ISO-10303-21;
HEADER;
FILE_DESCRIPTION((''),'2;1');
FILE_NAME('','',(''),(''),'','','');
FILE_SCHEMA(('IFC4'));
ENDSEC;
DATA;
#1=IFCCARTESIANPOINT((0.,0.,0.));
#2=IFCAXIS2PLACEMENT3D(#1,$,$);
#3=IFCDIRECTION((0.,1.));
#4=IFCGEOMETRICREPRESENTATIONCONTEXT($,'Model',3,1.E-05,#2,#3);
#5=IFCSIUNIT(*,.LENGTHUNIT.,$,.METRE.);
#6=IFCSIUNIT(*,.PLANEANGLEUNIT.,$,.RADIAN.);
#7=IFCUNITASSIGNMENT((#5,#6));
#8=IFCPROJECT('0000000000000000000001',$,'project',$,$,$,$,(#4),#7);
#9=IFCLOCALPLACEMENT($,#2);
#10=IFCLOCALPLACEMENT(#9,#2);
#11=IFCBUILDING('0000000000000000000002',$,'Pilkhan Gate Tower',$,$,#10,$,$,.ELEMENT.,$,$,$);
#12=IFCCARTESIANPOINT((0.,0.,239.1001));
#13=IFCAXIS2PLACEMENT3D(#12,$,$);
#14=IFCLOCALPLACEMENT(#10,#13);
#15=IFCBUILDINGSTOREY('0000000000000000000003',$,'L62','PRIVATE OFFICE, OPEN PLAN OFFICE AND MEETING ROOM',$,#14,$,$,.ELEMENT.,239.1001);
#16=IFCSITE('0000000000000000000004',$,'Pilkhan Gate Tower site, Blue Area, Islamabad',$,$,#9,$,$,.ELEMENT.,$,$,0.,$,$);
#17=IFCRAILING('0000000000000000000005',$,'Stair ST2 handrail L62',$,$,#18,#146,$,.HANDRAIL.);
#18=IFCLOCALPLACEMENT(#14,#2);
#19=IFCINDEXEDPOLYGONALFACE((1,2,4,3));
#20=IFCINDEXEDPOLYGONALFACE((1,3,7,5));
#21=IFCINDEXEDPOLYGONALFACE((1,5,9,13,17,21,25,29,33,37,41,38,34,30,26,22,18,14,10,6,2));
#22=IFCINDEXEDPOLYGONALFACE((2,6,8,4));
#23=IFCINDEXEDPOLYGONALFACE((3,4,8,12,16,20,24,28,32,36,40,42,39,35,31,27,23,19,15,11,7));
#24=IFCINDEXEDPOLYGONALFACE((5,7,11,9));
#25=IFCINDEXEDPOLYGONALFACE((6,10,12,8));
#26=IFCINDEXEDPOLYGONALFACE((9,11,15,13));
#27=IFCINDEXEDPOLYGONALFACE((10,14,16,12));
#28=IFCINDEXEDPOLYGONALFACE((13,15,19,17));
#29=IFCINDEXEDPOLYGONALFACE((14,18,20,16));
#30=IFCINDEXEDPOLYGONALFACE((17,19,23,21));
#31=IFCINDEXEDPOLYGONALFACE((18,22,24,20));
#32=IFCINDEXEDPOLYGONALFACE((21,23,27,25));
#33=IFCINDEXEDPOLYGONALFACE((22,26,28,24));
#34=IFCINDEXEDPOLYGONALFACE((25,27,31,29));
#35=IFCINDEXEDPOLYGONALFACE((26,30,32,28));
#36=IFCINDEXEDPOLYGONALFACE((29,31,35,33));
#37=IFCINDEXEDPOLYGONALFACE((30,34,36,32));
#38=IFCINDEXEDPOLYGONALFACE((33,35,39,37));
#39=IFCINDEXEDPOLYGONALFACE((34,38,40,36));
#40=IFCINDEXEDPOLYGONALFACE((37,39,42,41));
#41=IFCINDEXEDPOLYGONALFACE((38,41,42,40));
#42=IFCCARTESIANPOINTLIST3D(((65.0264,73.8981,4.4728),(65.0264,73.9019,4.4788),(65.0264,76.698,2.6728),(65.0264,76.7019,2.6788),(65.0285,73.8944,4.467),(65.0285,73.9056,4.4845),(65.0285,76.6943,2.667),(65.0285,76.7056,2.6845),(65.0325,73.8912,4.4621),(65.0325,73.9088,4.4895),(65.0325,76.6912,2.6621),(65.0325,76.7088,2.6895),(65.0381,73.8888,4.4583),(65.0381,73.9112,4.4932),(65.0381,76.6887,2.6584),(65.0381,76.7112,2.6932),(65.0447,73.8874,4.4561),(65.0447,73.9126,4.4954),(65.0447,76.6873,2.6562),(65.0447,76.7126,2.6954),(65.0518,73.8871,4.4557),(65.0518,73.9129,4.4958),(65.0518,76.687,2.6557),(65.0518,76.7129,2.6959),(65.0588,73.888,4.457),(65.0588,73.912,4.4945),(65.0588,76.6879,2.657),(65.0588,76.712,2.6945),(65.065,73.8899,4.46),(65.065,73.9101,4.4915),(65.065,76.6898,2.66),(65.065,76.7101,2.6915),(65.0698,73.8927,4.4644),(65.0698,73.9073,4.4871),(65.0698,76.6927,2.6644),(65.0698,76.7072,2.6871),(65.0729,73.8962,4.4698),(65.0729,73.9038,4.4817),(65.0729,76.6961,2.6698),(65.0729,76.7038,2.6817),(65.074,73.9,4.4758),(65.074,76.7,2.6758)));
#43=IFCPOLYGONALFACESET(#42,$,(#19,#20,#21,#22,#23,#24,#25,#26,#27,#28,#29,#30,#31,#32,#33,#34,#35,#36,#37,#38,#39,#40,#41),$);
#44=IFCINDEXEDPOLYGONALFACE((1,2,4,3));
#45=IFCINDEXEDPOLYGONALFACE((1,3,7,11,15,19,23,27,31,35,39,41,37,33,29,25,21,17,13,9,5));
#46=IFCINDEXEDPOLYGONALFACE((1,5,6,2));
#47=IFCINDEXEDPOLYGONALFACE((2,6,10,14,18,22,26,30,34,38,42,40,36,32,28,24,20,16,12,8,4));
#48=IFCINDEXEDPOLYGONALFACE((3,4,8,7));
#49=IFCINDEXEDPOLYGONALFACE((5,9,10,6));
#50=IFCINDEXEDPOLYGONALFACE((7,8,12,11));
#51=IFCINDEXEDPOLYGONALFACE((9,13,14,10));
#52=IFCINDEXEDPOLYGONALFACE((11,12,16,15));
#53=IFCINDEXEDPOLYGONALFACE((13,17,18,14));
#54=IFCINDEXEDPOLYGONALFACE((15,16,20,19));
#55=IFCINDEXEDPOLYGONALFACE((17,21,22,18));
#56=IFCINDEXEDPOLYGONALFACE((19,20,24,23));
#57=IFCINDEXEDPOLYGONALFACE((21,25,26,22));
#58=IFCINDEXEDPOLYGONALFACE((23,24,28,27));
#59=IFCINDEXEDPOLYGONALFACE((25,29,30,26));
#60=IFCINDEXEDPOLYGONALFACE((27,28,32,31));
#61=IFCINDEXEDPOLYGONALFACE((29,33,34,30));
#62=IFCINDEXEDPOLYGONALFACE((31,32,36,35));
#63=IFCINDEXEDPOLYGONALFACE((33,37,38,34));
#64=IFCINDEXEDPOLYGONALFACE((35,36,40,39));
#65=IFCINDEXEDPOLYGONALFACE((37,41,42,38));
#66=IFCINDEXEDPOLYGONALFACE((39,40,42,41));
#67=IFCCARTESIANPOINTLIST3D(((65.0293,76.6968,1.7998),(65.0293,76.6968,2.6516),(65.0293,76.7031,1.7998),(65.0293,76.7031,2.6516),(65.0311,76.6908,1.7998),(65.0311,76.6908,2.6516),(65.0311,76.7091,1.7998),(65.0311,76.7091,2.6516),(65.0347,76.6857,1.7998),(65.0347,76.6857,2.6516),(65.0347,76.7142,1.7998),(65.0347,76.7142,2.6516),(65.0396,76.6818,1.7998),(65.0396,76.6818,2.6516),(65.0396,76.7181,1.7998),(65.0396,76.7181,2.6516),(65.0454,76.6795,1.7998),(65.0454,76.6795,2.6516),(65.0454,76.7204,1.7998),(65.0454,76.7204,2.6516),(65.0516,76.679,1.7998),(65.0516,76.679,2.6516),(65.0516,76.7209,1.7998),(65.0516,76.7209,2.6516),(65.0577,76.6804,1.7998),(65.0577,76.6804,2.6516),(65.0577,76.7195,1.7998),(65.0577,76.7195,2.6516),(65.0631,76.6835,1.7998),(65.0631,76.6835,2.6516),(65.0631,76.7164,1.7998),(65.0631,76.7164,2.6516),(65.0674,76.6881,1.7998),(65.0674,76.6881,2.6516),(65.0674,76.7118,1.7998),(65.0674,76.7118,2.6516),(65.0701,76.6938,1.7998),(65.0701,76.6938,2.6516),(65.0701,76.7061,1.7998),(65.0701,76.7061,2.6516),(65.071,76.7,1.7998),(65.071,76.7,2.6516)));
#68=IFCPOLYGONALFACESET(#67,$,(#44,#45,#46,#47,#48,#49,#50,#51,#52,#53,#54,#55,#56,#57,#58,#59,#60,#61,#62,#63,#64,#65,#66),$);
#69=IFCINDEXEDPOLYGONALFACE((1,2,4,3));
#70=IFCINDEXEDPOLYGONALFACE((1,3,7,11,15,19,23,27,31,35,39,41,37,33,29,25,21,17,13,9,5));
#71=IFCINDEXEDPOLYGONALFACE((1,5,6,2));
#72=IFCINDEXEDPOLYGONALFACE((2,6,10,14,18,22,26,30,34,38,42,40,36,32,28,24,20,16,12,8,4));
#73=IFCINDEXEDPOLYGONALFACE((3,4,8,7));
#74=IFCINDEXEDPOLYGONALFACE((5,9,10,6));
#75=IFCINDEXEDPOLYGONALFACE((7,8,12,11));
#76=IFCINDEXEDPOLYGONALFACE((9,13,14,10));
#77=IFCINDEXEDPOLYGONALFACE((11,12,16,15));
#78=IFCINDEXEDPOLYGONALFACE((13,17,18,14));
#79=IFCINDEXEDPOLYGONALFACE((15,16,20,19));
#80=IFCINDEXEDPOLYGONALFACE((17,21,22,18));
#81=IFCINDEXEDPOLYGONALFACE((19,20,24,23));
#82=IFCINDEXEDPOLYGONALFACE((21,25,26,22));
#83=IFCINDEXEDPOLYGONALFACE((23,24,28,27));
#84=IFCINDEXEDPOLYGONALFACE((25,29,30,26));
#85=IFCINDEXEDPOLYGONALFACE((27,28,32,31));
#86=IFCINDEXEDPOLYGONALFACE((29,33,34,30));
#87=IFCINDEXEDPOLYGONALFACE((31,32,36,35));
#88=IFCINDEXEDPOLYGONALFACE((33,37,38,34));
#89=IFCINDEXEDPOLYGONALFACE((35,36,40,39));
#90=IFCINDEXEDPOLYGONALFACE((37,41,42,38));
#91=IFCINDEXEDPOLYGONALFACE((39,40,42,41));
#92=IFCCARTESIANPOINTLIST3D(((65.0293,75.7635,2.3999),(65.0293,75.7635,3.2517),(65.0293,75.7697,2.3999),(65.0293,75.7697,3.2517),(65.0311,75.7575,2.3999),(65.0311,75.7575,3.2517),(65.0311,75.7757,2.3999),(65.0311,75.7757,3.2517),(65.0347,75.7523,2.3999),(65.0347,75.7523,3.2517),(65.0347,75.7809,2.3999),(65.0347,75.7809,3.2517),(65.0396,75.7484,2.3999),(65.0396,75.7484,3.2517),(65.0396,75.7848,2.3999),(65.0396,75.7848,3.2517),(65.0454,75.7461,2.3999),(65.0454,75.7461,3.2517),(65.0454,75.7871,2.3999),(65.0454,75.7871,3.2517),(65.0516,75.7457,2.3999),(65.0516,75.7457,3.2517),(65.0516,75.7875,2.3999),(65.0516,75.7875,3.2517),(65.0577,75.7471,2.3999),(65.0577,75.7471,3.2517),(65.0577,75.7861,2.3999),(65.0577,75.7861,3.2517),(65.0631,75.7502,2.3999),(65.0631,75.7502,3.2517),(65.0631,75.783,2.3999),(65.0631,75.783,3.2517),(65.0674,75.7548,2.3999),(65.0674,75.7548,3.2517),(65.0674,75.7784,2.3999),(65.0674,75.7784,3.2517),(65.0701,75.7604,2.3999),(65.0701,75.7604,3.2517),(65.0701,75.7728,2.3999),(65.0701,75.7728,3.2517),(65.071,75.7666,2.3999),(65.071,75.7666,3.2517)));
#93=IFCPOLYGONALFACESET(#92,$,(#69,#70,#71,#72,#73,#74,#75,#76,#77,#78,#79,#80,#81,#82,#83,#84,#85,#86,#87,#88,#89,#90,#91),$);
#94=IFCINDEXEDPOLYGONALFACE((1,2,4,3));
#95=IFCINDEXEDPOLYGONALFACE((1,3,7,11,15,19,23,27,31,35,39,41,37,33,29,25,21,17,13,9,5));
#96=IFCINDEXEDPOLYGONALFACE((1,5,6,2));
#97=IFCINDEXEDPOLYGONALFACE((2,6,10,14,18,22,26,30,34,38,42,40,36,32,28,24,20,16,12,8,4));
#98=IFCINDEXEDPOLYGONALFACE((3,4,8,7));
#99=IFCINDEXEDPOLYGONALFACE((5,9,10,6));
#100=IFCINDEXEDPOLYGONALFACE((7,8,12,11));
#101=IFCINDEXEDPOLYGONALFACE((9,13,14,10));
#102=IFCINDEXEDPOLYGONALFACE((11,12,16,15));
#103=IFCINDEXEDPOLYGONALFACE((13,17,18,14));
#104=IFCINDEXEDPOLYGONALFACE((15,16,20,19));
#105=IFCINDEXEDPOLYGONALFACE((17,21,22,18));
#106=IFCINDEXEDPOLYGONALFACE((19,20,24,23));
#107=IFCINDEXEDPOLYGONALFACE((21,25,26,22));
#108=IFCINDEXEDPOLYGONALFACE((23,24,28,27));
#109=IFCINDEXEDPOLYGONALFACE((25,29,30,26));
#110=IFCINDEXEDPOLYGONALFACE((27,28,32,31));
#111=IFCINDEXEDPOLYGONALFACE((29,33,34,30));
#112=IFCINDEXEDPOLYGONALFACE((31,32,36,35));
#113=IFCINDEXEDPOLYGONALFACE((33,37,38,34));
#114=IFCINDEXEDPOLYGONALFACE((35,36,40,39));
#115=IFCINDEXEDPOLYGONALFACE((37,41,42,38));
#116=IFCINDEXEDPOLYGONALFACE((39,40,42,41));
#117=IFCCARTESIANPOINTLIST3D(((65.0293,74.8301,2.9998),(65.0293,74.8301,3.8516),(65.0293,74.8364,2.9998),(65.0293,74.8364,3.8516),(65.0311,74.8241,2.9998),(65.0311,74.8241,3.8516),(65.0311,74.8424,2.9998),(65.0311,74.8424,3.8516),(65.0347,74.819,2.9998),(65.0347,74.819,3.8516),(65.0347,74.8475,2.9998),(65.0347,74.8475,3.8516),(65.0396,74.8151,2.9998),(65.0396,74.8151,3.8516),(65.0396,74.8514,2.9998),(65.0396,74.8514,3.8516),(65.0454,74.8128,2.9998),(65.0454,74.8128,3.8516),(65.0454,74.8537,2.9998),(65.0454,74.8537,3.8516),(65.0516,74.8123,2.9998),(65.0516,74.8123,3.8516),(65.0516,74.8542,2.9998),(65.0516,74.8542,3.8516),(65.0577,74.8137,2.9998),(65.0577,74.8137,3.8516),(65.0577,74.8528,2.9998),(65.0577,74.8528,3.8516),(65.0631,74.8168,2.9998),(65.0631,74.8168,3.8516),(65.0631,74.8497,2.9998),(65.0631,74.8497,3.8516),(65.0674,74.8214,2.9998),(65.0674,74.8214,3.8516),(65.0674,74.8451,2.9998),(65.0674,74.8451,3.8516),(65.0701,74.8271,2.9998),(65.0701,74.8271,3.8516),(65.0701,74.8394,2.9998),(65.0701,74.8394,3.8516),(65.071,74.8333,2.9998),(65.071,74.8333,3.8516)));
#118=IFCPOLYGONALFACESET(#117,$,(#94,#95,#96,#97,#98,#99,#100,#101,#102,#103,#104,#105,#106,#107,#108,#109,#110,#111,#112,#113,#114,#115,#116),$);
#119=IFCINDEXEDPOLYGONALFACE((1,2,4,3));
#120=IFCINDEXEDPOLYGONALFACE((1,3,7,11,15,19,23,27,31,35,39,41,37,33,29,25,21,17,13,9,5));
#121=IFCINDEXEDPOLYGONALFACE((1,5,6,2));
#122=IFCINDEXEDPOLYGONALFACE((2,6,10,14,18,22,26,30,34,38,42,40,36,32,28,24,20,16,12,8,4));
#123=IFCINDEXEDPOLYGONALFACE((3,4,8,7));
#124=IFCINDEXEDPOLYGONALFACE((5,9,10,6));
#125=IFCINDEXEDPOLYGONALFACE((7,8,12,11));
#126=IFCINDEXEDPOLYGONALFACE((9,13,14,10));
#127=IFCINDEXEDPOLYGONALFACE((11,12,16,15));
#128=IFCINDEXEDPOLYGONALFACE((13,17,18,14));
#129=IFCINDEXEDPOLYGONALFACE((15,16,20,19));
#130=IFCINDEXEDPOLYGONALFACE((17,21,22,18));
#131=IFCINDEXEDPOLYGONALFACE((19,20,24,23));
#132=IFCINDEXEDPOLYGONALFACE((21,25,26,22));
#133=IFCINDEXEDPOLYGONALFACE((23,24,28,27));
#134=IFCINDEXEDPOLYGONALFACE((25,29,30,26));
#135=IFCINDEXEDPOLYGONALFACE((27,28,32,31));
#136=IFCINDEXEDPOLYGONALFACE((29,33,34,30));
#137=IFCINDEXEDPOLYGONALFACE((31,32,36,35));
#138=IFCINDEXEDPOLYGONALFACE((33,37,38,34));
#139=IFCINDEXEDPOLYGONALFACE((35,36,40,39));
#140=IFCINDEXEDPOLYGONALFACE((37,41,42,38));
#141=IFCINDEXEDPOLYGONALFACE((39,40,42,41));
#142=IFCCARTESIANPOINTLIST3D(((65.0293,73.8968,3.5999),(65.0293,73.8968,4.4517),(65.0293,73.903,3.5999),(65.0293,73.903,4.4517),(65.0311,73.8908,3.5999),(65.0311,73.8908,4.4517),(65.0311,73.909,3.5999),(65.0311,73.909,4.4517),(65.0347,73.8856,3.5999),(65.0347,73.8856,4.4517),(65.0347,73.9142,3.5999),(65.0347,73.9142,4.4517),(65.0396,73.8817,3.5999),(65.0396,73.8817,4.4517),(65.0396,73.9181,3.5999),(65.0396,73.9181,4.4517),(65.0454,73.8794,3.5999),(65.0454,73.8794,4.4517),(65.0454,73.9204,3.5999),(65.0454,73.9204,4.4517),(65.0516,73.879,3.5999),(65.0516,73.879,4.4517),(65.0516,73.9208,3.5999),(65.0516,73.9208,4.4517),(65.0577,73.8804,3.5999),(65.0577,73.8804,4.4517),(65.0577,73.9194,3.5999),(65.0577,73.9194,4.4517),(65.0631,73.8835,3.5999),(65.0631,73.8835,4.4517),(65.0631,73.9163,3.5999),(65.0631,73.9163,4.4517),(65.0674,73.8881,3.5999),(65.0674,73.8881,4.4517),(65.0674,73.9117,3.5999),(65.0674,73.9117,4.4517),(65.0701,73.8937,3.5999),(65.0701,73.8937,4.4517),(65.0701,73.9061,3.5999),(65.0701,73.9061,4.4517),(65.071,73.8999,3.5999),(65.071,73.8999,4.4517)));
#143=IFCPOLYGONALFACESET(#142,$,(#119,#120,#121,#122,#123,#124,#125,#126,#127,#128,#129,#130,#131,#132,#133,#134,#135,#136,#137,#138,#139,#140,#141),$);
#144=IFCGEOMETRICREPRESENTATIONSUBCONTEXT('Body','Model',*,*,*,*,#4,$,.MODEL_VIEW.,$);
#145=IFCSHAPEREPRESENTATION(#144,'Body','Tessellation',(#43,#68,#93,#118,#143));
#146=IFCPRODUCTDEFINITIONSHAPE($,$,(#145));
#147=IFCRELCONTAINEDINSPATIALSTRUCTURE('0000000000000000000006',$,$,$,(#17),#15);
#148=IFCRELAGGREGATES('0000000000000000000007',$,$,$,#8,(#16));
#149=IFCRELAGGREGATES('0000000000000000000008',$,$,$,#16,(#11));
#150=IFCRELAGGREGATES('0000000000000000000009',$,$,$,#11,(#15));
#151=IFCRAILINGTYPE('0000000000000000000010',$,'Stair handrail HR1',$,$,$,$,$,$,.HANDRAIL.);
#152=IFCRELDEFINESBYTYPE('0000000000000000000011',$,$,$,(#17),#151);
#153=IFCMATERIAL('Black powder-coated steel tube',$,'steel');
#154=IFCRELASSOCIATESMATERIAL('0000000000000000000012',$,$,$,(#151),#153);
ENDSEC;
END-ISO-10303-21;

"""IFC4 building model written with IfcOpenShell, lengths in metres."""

from ifc_helpers import new_model, si_unit, direction, frame, origin, origin_2d, place, context, subcontext, project, spatial, circle, extrude, material, type_object, element, save


model = new_model("IFC4")

# Units and contexts
model_context = context("Model", 3, precision=1e-05, world=origin(), true_north=direction((0.0, 1.0)))
body_context = subcontext(model_context, "Body", "Model", "MODEL_VIEW")
ifc_project = project(units=[si_unit("LENGTHUNIT", "METRE"), si_unit("PLANEANGLEUNIT", "RADIAN")], contexts=[model_context])

# Site, building, storey
site_placement = place(None, origin())
site = spatial("IfcSite", under=ifc_project, at=site_placement, Name="Pilkhan Gate Tower site, Blue Area, Islamabad", CompositionType="ELEMENT", RefElevation=0.0)
building_placement = place(site_placement, origin())
building = spatial("IfcBuilding", under=site, at=building_placement, Name="Pilkhan Gate Tower", CompositionType="ELEMENT")
storey_placement = place(building_placement, frame((0.0, 0.0, 239.1001)))
storey = spatial("IfcBuildingStorey", under=building, at=storey_placement, Name="L62", Description="PRIVATE OFFICE, OPEN PLAN OFFICE AND MEETING ROOM", CompositionType="ELEMENT", Elevation=239.1001)

# Railing
ifc_material_1 = material(Name="Black powder-coated steel tube", Category="steel")
railing_type_1 = type_object("IfcRailingType", Name="Stair handrail HR1", PredefinedType="HANDRAIL", material=ifc_material_1)
railing_1_placement = place(storey_placement, frame((65.05, 76.7, 1.7998)))
element("IfcRailing", 1, at=railing_1_placement, inside=storey, type_object=railing_type_1, Name="Stair ST2 handrail L62", PredefinedType="HANDRAIL", context=body_context, shape_type="SweptSolid", body=[
    extrude(circle(Radius=0.0239, at=origin_2d()), frame((0.0, 0.0, 0.876), z_axis=(0.0, -0.841176, 0.540761), x_axis=(1.0, 0.0, 0.0)), (0.0, 0.0, 1.0), 3.3286),
    extrude(circle(Radius=0.021, at=origin_2d()), origin(), (0.0, 0.0, 1.0), 0.8518),
    extrude(circle(Radius=0.021, at=origin_2d()), frame((0.0, -0.9333, 0.6001)), (0.0, 0.0, 1.0), 0.8518),
    extrude(circle(Radius=0.021, at=origin_2d()), frame((0.0, -1.8667, 1.2)), (0.0, 0.0, 1.0), 0.8518),
    extrude(circle(Radius=0.021, at=origin_2d()), frame((0.0, -2.8, 1.8)), (0.0, 0.0, 1.0), 0.8518),
])

save(model, "model.ifc")
